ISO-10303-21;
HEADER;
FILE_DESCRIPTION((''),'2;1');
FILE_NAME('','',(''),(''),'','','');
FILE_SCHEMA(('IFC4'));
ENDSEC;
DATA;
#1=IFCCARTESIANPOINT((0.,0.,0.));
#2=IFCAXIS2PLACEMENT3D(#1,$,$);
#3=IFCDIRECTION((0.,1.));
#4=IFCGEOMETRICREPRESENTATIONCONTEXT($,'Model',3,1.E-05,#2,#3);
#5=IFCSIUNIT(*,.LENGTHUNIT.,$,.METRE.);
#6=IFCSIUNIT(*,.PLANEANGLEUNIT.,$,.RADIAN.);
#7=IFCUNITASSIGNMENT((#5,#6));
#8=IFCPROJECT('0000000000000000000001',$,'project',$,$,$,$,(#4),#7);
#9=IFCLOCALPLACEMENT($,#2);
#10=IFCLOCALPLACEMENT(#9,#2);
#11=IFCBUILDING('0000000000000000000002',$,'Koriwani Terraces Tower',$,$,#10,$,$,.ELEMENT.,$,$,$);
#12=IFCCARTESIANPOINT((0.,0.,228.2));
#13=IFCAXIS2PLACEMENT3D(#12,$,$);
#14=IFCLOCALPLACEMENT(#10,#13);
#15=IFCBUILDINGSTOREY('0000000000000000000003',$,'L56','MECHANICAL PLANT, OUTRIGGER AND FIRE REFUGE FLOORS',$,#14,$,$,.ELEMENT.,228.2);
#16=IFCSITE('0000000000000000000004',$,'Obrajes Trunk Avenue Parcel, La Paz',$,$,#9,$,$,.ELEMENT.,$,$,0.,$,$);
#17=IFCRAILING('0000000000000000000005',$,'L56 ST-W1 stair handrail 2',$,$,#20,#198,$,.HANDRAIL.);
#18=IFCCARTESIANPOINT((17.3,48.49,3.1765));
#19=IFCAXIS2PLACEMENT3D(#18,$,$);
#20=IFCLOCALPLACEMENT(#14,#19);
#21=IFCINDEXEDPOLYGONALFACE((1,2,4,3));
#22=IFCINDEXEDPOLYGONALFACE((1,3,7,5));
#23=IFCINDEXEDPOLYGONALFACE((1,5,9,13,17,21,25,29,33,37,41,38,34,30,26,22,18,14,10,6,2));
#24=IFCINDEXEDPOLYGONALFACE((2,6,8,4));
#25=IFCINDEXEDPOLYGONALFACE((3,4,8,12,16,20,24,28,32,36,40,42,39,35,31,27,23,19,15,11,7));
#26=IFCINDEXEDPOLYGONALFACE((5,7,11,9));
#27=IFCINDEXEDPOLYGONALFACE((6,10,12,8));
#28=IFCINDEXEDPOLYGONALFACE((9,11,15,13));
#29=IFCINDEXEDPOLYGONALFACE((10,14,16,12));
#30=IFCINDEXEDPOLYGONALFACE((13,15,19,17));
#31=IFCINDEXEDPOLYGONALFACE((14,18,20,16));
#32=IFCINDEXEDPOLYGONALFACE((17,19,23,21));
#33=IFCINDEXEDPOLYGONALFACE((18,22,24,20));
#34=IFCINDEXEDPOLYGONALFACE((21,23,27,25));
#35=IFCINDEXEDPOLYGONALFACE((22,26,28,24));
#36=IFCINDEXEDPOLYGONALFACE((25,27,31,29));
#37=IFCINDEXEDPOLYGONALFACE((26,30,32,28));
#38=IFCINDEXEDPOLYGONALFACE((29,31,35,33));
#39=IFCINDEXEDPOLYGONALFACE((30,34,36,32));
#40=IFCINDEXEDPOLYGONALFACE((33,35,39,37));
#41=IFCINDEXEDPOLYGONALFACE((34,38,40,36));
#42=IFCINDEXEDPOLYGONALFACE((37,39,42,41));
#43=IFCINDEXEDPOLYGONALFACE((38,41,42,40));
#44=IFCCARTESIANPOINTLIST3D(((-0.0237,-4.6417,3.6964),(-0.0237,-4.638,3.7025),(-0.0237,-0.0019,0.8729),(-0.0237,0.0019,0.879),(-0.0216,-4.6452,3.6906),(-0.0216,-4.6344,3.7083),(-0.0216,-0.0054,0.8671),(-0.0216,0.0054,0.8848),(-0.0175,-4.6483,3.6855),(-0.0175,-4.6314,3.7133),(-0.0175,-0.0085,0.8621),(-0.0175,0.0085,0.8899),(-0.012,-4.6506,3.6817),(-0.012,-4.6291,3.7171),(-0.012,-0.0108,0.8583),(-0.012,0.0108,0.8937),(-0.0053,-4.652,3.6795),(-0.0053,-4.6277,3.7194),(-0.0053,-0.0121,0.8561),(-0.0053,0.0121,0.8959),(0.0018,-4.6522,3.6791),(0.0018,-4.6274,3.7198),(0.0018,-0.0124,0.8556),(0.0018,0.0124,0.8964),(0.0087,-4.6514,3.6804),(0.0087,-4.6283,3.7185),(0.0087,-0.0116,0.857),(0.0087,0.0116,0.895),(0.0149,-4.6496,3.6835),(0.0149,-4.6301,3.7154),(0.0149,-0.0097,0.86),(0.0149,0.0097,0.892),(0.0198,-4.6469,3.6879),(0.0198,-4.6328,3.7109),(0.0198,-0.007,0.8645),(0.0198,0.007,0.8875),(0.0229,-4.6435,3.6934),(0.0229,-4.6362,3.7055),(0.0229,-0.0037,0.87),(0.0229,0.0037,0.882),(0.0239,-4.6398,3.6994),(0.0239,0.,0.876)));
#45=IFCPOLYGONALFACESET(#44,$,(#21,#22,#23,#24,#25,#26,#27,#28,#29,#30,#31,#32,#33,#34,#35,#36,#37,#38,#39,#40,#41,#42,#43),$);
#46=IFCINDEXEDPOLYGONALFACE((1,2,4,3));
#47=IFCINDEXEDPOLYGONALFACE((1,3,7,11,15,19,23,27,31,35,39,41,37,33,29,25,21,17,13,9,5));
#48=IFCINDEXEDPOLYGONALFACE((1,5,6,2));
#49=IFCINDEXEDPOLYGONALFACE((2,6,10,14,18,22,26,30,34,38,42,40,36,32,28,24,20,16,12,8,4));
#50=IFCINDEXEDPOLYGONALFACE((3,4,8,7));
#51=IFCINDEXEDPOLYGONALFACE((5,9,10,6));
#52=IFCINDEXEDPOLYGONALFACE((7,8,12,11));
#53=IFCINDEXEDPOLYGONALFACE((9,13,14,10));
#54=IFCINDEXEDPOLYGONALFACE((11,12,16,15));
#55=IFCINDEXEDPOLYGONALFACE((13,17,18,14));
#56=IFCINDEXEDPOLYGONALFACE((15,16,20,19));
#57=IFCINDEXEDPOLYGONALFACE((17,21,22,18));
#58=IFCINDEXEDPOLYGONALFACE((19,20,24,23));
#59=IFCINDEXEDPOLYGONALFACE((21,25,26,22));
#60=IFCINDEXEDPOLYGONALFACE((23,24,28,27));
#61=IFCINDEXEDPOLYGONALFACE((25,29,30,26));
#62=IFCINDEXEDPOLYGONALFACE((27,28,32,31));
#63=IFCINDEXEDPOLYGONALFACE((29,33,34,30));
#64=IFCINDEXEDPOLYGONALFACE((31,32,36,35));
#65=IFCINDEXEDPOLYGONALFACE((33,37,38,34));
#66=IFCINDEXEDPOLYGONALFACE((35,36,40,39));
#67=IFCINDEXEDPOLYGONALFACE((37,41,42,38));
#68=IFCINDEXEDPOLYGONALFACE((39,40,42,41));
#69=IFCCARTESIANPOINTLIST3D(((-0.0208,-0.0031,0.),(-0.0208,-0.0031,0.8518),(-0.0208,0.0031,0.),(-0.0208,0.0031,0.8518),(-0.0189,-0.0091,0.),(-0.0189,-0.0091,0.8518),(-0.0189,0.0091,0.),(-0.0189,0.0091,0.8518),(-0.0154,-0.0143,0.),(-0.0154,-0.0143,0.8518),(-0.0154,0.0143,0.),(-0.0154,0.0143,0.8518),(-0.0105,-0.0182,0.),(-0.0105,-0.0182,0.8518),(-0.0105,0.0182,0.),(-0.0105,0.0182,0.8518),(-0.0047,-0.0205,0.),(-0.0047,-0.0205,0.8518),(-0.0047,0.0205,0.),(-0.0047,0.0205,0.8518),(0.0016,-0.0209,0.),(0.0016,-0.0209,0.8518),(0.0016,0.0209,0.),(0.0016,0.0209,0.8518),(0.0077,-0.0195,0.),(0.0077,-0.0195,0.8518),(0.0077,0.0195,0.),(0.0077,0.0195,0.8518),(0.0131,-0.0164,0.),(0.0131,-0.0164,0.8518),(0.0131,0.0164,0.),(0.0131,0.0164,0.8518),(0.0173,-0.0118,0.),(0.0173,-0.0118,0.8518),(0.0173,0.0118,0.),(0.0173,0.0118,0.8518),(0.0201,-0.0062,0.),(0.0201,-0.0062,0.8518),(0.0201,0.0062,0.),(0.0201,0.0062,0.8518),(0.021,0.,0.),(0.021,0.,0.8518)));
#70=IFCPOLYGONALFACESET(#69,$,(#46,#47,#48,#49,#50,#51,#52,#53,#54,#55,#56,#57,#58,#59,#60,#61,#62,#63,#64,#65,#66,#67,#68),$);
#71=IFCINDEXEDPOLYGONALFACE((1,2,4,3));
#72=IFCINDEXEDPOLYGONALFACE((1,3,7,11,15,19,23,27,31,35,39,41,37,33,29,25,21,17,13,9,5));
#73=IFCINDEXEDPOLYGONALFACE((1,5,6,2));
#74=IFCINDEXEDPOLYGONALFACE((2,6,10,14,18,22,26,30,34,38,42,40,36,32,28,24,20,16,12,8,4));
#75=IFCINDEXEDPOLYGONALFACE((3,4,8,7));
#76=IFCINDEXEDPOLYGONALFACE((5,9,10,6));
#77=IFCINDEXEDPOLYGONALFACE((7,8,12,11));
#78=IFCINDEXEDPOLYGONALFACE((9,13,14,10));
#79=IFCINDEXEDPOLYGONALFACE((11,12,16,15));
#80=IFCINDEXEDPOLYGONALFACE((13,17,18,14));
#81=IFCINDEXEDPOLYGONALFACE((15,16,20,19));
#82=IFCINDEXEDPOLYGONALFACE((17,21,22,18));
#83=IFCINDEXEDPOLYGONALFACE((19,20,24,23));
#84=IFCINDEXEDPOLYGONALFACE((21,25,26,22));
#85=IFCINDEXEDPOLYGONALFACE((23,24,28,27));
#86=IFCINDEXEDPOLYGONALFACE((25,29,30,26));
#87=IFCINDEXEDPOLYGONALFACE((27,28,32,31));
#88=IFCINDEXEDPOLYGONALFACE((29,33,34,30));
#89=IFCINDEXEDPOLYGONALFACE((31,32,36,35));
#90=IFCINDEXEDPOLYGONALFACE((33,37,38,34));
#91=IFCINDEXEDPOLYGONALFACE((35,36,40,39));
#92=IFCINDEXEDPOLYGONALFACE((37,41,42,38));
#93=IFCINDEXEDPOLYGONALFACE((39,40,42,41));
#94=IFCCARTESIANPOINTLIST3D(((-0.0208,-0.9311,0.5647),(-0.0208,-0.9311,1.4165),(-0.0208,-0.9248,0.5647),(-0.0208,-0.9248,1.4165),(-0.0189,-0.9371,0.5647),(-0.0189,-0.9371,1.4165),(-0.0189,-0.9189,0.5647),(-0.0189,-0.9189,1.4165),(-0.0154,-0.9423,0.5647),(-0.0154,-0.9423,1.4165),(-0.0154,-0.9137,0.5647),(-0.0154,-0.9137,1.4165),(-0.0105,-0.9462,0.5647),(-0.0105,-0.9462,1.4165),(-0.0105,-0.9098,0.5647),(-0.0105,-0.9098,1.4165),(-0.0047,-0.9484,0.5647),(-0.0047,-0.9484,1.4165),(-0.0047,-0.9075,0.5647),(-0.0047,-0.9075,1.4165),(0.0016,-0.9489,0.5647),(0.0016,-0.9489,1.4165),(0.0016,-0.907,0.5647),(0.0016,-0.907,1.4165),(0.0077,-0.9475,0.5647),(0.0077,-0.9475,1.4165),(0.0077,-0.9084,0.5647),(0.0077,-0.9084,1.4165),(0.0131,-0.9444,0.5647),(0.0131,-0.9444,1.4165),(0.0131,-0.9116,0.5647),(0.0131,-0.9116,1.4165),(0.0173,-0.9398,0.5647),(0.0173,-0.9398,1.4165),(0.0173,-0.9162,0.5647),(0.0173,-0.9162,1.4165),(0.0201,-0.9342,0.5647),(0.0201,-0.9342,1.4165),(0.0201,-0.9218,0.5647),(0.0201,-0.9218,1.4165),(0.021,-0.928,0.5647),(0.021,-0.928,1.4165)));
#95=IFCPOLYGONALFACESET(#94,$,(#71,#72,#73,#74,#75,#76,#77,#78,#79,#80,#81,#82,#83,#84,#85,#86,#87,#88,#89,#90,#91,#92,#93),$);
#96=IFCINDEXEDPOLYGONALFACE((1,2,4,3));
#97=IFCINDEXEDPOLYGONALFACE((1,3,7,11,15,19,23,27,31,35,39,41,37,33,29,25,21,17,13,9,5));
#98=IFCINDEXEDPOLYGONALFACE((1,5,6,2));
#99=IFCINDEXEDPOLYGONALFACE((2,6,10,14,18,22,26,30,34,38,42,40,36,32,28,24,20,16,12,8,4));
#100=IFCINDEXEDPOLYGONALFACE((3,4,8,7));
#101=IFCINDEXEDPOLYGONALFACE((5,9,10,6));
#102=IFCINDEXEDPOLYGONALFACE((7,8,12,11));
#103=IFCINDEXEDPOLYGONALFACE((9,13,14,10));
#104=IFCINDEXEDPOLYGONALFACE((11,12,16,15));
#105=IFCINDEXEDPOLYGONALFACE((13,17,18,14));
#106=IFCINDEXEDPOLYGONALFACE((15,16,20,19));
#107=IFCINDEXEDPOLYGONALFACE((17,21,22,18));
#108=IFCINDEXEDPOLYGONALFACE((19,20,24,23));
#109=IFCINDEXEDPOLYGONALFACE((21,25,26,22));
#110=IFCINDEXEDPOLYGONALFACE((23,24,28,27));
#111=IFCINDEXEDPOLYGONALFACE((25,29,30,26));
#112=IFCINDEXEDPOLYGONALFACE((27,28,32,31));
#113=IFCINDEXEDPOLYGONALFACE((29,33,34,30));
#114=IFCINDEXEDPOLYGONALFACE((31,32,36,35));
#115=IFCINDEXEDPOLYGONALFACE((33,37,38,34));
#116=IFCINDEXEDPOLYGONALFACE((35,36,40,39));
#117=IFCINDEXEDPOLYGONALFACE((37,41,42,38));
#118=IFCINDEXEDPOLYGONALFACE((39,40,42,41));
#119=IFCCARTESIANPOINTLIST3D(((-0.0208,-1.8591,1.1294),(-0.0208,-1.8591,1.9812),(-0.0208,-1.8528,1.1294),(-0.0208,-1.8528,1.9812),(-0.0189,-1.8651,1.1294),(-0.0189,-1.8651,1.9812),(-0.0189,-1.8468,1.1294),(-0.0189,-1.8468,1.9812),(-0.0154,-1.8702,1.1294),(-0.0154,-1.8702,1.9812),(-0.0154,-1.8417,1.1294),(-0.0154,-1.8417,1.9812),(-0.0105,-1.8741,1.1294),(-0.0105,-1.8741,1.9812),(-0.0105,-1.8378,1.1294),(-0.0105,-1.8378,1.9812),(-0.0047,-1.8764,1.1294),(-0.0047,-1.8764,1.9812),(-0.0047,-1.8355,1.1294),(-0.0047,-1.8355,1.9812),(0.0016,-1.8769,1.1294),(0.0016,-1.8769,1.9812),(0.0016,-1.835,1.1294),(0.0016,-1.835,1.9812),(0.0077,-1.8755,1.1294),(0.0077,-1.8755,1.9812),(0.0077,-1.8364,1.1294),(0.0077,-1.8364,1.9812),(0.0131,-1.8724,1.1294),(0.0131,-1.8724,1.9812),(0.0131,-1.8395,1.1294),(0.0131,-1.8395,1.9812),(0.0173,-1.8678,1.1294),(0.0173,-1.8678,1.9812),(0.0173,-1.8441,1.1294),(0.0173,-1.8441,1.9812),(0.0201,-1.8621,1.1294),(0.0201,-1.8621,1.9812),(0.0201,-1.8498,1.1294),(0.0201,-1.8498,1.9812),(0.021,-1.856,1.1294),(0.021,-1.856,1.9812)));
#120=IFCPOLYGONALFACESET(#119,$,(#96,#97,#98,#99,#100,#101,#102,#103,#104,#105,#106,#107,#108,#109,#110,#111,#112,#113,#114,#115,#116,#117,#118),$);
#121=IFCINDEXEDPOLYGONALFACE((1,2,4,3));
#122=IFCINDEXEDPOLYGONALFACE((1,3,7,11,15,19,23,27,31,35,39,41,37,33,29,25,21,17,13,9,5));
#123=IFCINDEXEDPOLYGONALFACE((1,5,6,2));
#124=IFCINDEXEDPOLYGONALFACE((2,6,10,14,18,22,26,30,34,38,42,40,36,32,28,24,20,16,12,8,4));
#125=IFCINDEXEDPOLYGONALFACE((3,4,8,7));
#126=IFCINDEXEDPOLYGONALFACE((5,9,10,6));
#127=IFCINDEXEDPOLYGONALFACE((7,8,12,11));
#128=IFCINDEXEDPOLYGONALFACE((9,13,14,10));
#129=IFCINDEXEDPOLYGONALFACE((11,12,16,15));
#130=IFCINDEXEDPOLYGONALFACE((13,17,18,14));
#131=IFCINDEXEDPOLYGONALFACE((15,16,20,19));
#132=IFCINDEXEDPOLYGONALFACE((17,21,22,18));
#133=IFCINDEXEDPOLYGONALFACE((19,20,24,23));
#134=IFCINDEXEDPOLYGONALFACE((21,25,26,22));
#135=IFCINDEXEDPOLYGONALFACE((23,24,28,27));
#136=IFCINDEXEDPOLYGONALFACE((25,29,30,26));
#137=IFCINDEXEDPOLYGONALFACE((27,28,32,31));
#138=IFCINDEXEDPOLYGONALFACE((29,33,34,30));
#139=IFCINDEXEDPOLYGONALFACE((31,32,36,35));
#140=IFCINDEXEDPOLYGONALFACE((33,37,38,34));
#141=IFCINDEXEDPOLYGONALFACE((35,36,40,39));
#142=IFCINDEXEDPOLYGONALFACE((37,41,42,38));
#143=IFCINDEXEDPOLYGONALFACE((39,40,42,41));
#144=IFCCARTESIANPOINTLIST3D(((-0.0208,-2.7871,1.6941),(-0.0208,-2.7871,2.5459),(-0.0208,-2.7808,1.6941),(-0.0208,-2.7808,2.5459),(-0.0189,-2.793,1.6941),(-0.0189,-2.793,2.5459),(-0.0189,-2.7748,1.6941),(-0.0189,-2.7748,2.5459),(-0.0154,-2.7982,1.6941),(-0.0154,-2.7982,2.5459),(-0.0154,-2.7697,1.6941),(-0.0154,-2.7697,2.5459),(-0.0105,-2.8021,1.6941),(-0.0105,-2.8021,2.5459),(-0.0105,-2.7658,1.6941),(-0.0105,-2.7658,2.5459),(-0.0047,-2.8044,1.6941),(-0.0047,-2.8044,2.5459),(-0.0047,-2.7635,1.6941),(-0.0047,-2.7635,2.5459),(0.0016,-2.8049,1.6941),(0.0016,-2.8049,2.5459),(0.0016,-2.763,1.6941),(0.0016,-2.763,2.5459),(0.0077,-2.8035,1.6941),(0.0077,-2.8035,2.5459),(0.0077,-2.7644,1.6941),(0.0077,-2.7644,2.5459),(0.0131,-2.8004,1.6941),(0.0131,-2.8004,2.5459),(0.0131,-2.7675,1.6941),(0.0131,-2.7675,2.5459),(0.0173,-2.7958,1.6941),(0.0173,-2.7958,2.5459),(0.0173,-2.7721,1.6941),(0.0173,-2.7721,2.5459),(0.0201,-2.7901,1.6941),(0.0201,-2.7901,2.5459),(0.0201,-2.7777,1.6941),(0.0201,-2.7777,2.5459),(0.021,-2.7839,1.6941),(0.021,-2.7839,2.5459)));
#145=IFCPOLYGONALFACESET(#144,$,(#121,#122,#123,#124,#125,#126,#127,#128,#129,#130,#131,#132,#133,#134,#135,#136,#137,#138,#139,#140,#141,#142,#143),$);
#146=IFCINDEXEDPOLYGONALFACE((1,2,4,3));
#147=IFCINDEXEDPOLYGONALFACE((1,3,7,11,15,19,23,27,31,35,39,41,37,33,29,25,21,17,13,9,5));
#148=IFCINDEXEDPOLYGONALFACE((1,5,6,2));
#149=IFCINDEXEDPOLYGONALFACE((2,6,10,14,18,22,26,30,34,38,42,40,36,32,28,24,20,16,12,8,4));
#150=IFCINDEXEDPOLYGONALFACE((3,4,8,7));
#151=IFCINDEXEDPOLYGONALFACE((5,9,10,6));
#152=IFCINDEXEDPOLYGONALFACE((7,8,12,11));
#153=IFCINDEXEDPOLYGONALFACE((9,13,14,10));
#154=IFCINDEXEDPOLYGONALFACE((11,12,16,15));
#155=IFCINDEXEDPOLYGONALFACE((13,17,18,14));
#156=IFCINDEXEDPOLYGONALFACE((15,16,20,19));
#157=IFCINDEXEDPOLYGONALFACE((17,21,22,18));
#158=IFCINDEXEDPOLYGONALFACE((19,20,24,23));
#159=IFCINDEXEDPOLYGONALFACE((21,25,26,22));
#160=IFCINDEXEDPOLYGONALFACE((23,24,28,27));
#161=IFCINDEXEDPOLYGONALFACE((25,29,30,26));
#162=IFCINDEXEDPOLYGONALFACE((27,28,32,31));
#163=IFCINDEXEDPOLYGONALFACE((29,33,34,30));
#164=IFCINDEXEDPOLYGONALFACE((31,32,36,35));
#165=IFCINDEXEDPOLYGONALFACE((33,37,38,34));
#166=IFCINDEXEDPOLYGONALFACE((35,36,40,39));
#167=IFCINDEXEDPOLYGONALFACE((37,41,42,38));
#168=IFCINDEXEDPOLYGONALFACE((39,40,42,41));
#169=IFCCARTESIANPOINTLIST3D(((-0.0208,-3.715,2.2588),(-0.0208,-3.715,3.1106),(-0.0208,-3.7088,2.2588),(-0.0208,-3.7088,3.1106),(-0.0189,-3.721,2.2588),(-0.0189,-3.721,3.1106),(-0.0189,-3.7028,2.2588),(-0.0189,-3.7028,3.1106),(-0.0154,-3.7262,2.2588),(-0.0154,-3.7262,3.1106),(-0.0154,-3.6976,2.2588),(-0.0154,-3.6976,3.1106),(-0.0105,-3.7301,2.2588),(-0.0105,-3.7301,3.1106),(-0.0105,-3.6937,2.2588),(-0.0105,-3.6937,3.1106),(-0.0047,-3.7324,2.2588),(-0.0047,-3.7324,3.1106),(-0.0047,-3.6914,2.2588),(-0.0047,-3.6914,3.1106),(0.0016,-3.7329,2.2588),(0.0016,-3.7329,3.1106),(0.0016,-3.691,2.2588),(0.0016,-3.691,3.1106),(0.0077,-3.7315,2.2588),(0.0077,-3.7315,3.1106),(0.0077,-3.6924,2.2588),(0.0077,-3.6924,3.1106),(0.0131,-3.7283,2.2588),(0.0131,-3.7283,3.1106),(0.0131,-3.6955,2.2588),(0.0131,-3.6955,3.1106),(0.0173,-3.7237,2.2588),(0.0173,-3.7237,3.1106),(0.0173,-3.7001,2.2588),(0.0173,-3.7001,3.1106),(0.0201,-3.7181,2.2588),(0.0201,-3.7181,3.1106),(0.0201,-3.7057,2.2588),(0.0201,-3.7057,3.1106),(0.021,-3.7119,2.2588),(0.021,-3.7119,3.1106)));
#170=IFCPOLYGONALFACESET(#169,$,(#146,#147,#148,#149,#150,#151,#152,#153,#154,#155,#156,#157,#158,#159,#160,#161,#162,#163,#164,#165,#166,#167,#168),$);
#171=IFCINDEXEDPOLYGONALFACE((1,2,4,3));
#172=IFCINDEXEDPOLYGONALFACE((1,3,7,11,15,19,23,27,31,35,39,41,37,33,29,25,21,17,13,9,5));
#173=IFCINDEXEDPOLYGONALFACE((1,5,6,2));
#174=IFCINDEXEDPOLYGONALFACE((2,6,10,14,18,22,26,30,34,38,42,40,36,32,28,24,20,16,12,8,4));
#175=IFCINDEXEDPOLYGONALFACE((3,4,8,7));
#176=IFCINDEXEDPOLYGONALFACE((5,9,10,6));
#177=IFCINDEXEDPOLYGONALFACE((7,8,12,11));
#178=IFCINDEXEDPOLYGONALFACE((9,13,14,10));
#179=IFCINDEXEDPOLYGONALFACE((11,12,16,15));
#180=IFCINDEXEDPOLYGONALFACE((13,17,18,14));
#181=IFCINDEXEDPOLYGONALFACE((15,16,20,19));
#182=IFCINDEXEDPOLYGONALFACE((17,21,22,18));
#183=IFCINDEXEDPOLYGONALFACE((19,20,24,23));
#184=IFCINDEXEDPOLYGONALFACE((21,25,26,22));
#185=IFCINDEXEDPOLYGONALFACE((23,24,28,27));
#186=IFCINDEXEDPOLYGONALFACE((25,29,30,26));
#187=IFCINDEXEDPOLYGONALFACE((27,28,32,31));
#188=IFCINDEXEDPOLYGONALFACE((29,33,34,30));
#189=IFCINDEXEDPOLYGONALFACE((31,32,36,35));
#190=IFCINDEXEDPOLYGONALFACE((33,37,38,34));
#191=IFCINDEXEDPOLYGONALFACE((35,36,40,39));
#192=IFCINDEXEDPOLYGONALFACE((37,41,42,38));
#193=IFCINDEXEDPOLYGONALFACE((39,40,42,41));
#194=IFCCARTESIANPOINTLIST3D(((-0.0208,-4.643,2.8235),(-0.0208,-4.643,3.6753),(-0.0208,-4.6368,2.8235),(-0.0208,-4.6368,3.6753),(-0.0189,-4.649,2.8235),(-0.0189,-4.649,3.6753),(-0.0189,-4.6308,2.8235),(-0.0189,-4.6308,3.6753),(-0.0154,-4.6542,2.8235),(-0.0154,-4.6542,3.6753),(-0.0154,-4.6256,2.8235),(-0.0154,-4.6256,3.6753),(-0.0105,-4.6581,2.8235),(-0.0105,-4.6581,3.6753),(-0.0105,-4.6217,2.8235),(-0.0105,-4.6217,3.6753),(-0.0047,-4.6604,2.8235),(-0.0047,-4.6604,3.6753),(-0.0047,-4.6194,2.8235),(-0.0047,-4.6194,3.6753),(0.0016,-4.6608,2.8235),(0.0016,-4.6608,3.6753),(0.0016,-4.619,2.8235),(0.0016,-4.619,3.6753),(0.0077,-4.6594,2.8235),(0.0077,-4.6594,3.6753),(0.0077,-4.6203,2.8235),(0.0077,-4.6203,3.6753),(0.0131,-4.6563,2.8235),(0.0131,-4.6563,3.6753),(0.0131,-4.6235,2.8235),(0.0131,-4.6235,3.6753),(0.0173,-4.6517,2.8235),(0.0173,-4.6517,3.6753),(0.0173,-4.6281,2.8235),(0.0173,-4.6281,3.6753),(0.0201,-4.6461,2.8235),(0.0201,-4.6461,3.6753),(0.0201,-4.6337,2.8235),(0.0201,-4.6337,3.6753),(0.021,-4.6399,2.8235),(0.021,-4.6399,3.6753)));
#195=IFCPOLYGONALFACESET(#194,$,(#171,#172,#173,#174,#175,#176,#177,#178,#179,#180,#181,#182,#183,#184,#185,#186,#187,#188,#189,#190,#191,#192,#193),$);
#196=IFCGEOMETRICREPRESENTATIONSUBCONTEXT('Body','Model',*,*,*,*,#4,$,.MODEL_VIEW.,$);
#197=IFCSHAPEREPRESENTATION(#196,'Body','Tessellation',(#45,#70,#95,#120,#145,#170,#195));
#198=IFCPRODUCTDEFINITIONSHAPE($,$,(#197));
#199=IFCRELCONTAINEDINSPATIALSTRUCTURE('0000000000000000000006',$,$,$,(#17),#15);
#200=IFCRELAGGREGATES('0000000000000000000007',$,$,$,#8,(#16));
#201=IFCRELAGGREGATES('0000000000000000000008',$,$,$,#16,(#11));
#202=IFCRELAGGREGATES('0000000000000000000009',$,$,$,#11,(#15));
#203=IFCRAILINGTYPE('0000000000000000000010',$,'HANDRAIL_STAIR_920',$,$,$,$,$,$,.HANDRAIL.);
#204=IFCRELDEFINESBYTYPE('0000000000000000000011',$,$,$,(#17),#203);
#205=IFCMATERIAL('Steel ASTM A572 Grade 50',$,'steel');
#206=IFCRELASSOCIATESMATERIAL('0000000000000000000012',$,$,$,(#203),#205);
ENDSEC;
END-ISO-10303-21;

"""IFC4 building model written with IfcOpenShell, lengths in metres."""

from ifc_helpers import new_model, si_unit, direction, frame, origin, origin_2d, place, context, subcontext, project, spatial, circle, extrude, material, type_object, element, save


model = new_model("IFC4")

# Units and contexts
model_context = context("Model", 3, precision=1e-05, world=origin(), true_north=direction((0.0, 1.0)))
body_context = subcontext(model_context, "Body", "Model", "MODEL_VIEW")
ifc_project = project(units=[si_unit("LENGTHUNIT", "METRE"), si_unit("PLANEANGLEUNIT", "RADIAN")], contexts=[model_context])

# Site, building, storey
site_placement = place(None, origin())
site = spatial("IfcSite", under=ifc_project, at=site_placement, Name="Obrajes Trunk Avenue Parcel, La Paz", CompositionType="ELEMENT", RefElevation=0.0)
building_placement = place(site_placement, origin())
building = spatial("IfcBuilding", under=site, at=building_placement, Name="Koriwani Terraces Tower", CompositionType="ELEMENT")
storey_placement = place(building_placement, frame((0.0, 0.0, 228.2)))
storey = spatial("IfcBuildingStorey", under=building, at=storey_placement, Name="L56", Description="MECHANICAL PLANT, OUTRIGGER AND FIRE REFUGE FLOORS", CompositionType="ELEMENT", Elevation=228.2)

# Shared definitions
ifc_material_1 = material(Name="Steel ASTM A572 Grade 50", Category="steel")

# Railing
railing_type_1 = type_object("IfcRailingType", Name="HANDRAIL_STAIR_920", PredefinedType="HANDRAIL", material=ifc_material_1)
railing_1_placement = place(storey_placement, frame((17.3, 48.49, 3.1765)))
element("IfcRailing", 1, at=railing_1_placement, inside=storey, type_object=railing_type_1, Name="L56 ST-W1 stair handrail 2", PredefinedType="HANDRAIL", context=body_context, shape_type="SweptSolid", body=[
    extrude(circle(Radius=0.0239, at=origin_2d()), frame((0.0, 0.0, 0.876), z_axis=(0.0, -0.854264, 0.51984), x_axis=(1.0, 0.0, 0.0)), (0.0, 0.0, 1.0), 5.4314),
    extrude(circle(Radius=0.021, at=origin_2d()), origin(), (0.0, 0.0, 1.0), 0.8518),
    extrude(circle(Radius=0.021, at=origin_2d()), frame((0.0, -0.928, 0.5647)), (0.0, 0.0, 1.0), 0.8518),
    extrude(circle(Radius=0.021, at=origin_2d()), frame((0.0, -1.856, 1.1294)), (0.0, 0.0, 1.0), 0.8518),
    extrude(circle(Radius=0.021, at=origin_2d()), frame((0.0, -2.7839, 1.6941)), (0.0, 0.0, 1.0), 0.8518),
    extrude(circle(Radius=0.021, at=origin_2d()), frame((0.0, -3.7119, 2.2588)), (0.0, 0.0, 1.0), 0.8518),
    extrude(circle(Radius=0.021, at=origin_2d()), frame((0.0, -4.6399, 2.8235)), (0.0, 0.0, 1.0), 0.8518),
])

save(model, "model.ifc")
